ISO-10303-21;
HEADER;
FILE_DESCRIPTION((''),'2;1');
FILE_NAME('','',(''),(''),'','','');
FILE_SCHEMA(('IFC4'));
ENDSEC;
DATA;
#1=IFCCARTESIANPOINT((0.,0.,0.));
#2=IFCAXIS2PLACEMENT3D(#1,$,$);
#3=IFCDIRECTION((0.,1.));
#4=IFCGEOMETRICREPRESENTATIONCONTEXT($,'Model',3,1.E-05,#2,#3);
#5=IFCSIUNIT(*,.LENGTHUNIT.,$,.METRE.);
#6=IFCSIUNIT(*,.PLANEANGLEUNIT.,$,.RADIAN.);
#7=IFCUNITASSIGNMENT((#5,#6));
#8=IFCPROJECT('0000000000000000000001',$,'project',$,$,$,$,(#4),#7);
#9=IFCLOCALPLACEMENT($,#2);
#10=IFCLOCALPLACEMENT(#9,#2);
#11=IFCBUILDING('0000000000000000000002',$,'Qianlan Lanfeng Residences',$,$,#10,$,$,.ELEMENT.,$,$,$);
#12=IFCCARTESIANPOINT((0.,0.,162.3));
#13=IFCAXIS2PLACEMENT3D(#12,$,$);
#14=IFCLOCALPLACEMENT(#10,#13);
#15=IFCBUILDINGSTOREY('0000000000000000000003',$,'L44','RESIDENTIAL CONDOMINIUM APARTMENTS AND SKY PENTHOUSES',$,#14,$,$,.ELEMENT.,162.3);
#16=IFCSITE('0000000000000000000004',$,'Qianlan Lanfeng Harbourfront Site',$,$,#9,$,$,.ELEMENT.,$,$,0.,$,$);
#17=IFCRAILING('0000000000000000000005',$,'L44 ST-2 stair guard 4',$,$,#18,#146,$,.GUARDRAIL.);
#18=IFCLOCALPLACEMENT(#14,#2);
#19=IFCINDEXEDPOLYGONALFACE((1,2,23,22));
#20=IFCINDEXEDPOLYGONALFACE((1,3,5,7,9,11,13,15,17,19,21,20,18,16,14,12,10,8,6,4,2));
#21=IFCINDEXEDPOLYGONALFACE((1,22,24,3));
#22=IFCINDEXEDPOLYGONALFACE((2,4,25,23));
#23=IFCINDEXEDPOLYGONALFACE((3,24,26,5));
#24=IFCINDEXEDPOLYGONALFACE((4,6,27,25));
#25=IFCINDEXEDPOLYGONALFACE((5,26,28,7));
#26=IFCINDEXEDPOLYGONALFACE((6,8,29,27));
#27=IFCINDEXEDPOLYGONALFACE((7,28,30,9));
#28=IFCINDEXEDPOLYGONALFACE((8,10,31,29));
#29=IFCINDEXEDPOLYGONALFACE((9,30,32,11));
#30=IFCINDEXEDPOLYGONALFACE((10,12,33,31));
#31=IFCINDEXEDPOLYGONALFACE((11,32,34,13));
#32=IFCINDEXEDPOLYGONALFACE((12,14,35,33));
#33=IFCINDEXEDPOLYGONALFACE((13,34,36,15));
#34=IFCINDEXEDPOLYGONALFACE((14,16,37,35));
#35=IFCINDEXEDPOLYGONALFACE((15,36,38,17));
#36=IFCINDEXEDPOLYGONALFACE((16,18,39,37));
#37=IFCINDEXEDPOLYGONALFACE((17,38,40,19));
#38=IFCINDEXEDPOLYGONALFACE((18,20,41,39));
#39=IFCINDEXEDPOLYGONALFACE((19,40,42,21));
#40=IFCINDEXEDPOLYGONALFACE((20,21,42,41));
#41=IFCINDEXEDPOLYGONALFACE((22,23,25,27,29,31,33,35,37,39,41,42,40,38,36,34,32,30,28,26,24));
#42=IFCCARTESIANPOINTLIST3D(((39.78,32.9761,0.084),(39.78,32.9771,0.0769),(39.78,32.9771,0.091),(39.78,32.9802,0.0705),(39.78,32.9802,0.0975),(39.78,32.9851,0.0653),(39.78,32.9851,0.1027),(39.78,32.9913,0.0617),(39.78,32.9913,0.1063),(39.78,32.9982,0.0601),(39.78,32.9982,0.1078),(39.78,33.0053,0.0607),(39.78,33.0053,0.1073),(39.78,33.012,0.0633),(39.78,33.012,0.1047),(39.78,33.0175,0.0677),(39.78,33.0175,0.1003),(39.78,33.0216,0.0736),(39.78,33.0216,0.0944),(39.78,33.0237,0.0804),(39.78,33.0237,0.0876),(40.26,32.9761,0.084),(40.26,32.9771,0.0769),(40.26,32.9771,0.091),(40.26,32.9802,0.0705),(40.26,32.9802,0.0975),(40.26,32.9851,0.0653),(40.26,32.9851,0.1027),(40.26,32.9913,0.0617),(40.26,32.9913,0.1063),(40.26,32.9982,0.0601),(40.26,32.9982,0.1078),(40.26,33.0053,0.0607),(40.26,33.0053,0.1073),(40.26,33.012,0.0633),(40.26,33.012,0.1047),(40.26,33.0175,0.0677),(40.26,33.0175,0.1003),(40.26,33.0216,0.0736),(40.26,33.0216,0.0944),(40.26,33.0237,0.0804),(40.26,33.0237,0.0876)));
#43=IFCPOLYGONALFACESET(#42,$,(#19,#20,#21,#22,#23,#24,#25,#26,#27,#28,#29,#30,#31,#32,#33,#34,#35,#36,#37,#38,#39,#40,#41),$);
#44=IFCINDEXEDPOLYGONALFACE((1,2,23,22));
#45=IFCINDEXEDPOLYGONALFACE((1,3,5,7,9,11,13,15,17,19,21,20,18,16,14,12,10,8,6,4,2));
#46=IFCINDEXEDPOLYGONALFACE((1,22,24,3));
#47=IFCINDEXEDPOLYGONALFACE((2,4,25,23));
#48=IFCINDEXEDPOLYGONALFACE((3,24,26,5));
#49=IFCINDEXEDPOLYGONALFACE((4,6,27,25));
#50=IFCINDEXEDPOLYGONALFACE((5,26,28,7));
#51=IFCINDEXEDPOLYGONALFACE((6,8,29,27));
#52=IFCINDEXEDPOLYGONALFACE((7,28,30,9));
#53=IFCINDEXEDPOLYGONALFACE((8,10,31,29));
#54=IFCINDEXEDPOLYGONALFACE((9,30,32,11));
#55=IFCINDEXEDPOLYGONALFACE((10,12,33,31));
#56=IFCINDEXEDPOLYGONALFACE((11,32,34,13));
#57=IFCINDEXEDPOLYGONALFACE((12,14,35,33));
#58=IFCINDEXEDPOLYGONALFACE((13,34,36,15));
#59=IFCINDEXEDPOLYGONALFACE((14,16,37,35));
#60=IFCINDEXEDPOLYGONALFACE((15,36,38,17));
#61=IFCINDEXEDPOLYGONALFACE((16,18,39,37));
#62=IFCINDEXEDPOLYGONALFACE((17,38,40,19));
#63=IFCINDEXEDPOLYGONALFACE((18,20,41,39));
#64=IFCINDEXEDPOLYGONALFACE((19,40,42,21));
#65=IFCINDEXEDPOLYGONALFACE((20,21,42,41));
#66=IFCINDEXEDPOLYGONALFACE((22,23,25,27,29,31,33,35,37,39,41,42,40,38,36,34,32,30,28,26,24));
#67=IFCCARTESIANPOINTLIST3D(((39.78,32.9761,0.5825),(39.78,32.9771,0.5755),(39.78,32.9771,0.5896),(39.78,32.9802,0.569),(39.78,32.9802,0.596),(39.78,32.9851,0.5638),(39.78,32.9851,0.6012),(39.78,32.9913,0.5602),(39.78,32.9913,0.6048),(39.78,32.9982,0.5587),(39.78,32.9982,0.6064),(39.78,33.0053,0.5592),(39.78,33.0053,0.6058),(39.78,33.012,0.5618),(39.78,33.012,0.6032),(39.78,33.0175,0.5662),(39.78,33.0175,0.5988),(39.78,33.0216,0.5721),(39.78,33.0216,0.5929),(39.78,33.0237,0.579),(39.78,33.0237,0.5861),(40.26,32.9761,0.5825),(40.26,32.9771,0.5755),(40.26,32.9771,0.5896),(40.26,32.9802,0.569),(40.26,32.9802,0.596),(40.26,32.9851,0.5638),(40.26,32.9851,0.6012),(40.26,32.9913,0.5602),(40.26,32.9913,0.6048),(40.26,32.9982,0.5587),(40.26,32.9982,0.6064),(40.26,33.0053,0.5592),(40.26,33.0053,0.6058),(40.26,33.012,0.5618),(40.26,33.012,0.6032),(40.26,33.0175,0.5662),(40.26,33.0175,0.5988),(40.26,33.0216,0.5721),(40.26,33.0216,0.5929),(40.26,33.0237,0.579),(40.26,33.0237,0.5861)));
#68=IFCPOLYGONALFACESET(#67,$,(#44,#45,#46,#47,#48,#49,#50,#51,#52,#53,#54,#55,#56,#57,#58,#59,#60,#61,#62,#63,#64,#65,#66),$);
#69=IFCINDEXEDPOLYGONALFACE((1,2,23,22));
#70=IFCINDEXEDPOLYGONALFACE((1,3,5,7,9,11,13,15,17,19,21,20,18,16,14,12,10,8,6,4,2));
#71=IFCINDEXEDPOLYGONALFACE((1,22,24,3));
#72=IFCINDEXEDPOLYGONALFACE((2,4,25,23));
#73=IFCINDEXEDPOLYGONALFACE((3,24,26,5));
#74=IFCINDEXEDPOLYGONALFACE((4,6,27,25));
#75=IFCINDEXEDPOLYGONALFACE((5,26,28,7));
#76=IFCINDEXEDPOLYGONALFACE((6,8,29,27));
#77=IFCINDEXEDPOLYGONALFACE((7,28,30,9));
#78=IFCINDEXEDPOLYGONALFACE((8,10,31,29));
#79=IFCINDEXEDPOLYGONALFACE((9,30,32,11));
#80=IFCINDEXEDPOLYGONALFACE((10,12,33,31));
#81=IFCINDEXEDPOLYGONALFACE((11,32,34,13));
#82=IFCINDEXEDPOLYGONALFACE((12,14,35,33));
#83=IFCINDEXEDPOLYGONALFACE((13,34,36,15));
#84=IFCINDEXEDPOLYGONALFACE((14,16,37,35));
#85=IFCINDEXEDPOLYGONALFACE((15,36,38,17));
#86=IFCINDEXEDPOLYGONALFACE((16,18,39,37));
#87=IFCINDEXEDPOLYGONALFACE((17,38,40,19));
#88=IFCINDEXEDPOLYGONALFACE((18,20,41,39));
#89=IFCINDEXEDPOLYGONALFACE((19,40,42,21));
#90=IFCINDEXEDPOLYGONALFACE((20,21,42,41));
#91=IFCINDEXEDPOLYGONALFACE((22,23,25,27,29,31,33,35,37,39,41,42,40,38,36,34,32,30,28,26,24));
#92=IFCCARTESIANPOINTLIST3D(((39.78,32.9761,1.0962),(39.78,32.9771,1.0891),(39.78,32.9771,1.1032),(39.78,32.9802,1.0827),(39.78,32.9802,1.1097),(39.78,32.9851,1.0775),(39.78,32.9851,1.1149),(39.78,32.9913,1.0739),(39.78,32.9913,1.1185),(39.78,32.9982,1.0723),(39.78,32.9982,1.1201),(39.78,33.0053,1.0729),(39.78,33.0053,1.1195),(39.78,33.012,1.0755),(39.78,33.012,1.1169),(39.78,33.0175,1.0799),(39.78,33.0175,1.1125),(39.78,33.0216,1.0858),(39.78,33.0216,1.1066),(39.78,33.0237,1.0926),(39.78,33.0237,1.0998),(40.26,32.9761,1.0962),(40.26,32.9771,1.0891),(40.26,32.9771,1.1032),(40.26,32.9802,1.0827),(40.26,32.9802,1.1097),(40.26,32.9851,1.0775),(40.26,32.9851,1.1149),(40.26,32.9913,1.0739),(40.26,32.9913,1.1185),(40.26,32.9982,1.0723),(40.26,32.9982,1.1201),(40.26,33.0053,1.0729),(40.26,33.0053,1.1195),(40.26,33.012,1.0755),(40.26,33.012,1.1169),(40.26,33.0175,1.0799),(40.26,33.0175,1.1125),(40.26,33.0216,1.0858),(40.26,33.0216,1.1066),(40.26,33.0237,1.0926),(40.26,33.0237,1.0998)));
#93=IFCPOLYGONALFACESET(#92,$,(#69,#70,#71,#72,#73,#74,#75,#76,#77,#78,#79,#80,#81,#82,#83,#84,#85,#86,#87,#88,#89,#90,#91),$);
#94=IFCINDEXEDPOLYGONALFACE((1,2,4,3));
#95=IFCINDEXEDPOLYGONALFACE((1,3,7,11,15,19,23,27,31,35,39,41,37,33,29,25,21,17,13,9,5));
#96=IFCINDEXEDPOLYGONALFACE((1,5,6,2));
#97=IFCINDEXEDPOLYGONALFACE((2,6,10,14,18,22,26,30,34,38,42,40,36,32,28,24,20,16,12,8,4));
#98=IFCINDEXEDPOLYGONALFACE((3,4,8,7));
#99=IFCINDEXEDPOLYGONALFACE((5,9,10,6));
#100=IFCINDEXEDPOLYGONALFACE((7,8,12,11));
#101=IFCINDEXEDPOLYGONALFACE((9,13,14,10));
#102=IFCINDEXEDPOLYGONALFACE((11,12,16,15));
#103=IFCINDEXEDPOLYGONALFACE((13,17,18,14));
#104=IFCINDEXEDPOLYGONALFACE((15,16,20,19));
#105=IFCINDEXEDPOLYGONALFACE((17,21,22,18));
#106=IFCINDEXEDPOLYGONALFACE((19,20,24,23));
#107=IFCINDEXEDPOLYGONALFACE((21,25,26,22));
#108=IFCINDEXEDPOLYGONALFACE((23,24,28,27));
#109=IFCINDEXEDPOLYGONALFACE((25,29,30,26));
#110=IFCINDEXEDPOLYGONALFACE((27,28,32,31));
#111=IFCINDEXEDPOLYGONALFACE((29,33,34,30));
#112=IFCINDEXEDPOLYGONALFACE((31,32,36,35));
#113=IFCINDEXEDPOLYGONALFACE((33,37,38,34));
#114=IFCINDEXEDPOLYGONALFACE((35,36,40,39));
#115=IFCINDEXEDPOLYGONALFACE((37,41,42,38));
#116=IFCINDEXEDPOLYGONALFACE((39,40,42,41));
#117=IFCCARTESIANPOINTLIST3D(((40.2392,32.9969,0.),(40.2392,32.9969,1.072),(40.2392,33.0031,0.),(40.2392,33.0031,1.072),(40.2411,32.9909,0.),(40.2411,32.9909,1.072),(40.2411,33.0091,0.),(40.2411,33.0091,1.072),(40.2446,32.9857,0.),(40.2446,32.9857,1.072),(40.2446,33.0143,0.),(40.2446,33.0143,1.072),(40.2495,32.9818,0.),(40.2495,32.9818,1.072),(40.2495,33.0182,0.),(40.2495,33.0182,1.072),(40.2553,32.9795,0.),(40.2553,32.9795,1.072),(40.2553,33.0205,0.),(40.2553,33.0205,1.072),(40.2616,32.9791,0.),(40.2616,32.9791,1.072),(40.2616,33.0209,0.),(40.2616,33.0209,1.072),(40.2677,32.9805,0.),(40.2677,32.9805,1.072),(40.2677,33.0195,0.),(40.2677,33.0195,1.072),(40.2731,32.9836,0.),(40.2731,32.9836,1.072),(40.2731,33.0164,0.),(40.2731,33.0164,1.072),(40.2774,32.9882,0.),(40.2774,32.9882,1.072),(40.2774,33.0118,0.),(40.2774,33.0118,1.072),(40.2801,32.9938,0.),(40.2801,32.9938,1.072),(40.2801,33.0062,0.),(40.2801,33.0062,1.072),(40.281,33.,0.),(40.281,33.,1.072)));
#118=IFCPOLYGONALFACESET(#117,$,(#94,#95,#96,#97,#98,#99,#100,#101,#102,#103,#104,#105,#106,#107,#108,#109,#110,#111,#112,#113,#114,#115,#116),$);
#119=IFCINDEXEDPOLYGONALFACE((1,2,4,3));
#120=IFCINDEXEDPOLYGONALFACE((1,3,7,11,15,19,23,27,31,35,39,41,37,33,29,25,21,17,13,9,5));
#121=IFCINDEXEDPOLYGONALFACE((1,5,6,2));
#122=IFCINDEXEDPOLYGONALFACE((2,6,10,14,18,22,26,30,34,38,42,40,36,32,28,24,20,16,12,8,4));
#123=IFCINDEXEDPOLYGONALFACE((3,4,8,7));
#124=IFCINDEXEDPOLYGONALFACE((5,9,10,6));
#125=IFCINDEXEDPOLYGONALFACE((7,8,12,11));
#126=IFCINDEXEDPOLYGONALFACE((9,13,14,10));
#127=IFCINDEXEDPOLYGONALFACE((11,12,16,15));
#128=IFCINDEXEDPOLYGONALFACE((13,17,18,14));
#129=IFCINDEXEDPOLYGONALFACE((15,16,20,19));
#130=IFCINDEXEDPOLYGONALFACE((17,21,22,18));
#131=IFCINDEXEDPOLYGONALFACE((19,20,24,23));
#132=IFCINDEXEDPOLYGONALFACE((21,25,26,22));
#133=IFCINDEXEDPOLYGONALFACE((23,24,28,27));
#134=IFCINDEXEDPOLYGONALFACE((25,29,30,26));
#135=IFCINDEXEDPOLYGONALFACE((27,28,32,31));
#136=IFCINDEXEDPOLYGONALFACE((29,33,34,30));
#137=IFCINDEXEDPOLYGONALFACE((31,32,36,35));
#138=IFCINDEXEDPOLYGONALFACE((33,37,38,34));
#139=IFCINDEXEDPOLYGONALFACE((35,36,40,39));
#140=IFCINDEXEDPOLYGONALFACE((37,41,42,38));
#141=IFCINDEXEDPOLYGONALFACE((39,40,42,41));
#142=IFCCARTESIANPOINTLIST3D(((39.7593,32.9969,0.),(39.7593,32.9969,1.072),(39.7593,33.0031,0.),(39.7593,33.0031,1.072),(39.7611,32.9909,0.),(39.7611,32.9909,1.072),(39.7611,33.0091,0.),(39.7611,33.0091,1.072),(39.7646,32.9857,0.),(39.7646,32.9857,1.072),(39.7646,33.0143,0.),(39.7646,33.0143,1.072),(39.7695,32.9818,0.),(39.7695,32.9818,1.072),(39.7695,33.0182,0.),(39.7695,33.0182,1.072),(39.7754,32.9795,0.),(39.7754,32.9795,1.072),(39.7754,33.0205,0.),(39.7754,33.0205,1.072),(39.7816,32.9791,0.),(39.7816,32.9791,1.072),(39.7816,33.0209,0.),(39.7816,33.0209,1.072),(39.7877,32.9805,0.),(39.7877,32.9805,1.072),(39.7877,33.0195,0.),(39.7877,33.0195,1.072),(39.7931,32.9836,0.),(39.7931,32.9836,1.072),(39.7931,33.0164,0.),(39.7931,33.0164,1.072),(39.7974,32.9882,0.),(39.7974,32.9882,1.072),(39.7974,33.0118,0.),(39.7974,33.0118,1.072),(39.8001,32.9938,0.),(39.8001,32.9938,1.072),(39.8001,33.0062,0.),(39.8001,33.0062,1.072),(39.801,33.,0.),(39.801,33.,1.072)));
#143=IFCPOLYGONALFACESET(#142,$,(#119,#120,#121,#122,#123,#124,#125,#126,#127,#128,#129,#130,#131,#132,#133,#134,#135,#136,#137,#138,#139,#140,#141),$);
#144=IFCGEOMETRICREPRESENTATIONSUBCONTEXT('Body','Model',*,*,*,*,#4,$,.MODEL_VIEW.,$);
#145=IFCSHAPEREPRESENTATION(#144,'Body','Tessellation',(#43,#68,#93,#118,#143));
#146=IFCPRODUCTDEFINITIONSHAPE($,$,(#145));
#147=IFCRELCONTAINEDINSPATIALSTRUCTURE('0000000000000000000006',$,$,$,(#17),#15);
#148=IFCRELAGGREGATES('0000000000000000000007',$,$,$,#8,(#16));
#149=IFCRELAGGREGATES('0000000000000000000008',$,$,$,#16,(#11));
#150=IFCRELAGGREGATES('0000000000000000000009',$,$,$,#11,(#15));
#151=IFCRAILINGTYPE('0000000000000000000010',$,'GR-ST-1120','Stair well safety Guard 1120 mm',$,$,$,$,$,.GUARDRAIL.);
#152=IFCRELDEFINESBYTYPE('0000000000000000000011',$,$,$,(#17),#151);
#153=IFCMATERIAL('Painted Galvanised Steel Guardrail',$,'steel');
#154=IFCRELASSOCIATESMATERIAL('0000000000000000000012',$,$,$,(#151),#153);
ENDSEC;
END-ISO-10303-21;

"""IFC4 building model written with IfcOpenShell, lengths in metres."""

from ifc_helpers import new_model, si_unit, direction, frame, origin, origin_2d, place, context, subcontext, project, spatial, circle, extrude, material, type_object, element, save


model = new_model("IFC4")

# Units and contexts
model_context = context("Model", 3, precision=1e-05, world=origin(), true_north=direction((0.0, 1.0)))
body_context = subcontext(model_context, "Body", "Model", "MODEL_VIEW")
ifc_project = project(units=[si_unit("LENGTHUNIT", "METRE"), si_unit("PLANEANGLEUNIT", "RADIAN")], contexts=[model_context])

# Site, building, storey
site_placement = place(None, origin())
site = spatial("IfcSite", under=ifc_project, at=site_placement, Name="Qianlan Lanfeng Harbourfront Site", CompositionType="ELEMENT", RefElevation=0.0)
building_placement = place(site_placement, origin())
building = spatial("IfcBuilding", under=site, at=building_placement, Name="Qianlan Lanfeng Residences", CompositionType="ELEMENT")
storey_placement = place(building_placement, frame((0.0, 0.0, 162.3)))
storey = spatial("IfcBuildingStorey", under=building, at=storey_placement, Name="L44", Description="RESIDENTIAL CONDOMINIUM APARTMENTS AND SKY PENTHOUSES", CompositionType="ELEMENT", Elevation=162.3)

# Railing
ifc_material_1 = material(Name="Painted Galvanised Steel Guardrail", Category="steel")
railing_type_1 = type_object("IfcRailingType", Name="GR-ST-1120", Description="Stair well safety Guard 1120 mm", PredefinedType="GUARDRAIL", material=ifc_material_1)
railing_1_placement = place(storey_placement, frame((40.26, 33.0, 0.0)))
element("IfcRailing", 1, at=railing_1_placement, inside=storey, type_object=railing_type_1, Name="L44 ST-2 stair guard 4", PredefinedType="GUARDRAIL", context=body_context, shape_type="SweptSolid", body=[
    extrude(circle(Radius=0.0239, at=origin_2d()), frame((0.0, 0.0, 0.084), z_axis=(-1.0, 0.0, 0.0), x_axis=(0.0, -1.0, 0.0)), (0.0, 0.0, 1.0), 0.48),
    extrude(circle(Radius=0.0239, at=origin_2d()), frame((0.0, 0.0, 0.5825), z_axis=(-1.0, 0.0, 0.0), x_axis=(0.0, -1.0, 0.0)), (0.0, 0.0, 1.0), 0.48),
    extrude(circle(Radius=0.0239, at=origin_2d()), frame((0.0, 0.0, 1.0962), z_axis=(-1.0, 0.0, 0.0), x_axis=(0.0, -1.0, 0.0)), (0.0, 0.0, 1.0), 0.48),
    extrude(circle(Radius=0.021, at=origin_2d()), origin(), (0.0, 0.0, 1.0), 1.072),
    extrude(circle(Radius=0.021, at=origin_2d()), frame((-0.48, 0.0, 0.0)), (0.0, 0.0, 1.0), 1.072),
])

save(model, "model.ifc")
